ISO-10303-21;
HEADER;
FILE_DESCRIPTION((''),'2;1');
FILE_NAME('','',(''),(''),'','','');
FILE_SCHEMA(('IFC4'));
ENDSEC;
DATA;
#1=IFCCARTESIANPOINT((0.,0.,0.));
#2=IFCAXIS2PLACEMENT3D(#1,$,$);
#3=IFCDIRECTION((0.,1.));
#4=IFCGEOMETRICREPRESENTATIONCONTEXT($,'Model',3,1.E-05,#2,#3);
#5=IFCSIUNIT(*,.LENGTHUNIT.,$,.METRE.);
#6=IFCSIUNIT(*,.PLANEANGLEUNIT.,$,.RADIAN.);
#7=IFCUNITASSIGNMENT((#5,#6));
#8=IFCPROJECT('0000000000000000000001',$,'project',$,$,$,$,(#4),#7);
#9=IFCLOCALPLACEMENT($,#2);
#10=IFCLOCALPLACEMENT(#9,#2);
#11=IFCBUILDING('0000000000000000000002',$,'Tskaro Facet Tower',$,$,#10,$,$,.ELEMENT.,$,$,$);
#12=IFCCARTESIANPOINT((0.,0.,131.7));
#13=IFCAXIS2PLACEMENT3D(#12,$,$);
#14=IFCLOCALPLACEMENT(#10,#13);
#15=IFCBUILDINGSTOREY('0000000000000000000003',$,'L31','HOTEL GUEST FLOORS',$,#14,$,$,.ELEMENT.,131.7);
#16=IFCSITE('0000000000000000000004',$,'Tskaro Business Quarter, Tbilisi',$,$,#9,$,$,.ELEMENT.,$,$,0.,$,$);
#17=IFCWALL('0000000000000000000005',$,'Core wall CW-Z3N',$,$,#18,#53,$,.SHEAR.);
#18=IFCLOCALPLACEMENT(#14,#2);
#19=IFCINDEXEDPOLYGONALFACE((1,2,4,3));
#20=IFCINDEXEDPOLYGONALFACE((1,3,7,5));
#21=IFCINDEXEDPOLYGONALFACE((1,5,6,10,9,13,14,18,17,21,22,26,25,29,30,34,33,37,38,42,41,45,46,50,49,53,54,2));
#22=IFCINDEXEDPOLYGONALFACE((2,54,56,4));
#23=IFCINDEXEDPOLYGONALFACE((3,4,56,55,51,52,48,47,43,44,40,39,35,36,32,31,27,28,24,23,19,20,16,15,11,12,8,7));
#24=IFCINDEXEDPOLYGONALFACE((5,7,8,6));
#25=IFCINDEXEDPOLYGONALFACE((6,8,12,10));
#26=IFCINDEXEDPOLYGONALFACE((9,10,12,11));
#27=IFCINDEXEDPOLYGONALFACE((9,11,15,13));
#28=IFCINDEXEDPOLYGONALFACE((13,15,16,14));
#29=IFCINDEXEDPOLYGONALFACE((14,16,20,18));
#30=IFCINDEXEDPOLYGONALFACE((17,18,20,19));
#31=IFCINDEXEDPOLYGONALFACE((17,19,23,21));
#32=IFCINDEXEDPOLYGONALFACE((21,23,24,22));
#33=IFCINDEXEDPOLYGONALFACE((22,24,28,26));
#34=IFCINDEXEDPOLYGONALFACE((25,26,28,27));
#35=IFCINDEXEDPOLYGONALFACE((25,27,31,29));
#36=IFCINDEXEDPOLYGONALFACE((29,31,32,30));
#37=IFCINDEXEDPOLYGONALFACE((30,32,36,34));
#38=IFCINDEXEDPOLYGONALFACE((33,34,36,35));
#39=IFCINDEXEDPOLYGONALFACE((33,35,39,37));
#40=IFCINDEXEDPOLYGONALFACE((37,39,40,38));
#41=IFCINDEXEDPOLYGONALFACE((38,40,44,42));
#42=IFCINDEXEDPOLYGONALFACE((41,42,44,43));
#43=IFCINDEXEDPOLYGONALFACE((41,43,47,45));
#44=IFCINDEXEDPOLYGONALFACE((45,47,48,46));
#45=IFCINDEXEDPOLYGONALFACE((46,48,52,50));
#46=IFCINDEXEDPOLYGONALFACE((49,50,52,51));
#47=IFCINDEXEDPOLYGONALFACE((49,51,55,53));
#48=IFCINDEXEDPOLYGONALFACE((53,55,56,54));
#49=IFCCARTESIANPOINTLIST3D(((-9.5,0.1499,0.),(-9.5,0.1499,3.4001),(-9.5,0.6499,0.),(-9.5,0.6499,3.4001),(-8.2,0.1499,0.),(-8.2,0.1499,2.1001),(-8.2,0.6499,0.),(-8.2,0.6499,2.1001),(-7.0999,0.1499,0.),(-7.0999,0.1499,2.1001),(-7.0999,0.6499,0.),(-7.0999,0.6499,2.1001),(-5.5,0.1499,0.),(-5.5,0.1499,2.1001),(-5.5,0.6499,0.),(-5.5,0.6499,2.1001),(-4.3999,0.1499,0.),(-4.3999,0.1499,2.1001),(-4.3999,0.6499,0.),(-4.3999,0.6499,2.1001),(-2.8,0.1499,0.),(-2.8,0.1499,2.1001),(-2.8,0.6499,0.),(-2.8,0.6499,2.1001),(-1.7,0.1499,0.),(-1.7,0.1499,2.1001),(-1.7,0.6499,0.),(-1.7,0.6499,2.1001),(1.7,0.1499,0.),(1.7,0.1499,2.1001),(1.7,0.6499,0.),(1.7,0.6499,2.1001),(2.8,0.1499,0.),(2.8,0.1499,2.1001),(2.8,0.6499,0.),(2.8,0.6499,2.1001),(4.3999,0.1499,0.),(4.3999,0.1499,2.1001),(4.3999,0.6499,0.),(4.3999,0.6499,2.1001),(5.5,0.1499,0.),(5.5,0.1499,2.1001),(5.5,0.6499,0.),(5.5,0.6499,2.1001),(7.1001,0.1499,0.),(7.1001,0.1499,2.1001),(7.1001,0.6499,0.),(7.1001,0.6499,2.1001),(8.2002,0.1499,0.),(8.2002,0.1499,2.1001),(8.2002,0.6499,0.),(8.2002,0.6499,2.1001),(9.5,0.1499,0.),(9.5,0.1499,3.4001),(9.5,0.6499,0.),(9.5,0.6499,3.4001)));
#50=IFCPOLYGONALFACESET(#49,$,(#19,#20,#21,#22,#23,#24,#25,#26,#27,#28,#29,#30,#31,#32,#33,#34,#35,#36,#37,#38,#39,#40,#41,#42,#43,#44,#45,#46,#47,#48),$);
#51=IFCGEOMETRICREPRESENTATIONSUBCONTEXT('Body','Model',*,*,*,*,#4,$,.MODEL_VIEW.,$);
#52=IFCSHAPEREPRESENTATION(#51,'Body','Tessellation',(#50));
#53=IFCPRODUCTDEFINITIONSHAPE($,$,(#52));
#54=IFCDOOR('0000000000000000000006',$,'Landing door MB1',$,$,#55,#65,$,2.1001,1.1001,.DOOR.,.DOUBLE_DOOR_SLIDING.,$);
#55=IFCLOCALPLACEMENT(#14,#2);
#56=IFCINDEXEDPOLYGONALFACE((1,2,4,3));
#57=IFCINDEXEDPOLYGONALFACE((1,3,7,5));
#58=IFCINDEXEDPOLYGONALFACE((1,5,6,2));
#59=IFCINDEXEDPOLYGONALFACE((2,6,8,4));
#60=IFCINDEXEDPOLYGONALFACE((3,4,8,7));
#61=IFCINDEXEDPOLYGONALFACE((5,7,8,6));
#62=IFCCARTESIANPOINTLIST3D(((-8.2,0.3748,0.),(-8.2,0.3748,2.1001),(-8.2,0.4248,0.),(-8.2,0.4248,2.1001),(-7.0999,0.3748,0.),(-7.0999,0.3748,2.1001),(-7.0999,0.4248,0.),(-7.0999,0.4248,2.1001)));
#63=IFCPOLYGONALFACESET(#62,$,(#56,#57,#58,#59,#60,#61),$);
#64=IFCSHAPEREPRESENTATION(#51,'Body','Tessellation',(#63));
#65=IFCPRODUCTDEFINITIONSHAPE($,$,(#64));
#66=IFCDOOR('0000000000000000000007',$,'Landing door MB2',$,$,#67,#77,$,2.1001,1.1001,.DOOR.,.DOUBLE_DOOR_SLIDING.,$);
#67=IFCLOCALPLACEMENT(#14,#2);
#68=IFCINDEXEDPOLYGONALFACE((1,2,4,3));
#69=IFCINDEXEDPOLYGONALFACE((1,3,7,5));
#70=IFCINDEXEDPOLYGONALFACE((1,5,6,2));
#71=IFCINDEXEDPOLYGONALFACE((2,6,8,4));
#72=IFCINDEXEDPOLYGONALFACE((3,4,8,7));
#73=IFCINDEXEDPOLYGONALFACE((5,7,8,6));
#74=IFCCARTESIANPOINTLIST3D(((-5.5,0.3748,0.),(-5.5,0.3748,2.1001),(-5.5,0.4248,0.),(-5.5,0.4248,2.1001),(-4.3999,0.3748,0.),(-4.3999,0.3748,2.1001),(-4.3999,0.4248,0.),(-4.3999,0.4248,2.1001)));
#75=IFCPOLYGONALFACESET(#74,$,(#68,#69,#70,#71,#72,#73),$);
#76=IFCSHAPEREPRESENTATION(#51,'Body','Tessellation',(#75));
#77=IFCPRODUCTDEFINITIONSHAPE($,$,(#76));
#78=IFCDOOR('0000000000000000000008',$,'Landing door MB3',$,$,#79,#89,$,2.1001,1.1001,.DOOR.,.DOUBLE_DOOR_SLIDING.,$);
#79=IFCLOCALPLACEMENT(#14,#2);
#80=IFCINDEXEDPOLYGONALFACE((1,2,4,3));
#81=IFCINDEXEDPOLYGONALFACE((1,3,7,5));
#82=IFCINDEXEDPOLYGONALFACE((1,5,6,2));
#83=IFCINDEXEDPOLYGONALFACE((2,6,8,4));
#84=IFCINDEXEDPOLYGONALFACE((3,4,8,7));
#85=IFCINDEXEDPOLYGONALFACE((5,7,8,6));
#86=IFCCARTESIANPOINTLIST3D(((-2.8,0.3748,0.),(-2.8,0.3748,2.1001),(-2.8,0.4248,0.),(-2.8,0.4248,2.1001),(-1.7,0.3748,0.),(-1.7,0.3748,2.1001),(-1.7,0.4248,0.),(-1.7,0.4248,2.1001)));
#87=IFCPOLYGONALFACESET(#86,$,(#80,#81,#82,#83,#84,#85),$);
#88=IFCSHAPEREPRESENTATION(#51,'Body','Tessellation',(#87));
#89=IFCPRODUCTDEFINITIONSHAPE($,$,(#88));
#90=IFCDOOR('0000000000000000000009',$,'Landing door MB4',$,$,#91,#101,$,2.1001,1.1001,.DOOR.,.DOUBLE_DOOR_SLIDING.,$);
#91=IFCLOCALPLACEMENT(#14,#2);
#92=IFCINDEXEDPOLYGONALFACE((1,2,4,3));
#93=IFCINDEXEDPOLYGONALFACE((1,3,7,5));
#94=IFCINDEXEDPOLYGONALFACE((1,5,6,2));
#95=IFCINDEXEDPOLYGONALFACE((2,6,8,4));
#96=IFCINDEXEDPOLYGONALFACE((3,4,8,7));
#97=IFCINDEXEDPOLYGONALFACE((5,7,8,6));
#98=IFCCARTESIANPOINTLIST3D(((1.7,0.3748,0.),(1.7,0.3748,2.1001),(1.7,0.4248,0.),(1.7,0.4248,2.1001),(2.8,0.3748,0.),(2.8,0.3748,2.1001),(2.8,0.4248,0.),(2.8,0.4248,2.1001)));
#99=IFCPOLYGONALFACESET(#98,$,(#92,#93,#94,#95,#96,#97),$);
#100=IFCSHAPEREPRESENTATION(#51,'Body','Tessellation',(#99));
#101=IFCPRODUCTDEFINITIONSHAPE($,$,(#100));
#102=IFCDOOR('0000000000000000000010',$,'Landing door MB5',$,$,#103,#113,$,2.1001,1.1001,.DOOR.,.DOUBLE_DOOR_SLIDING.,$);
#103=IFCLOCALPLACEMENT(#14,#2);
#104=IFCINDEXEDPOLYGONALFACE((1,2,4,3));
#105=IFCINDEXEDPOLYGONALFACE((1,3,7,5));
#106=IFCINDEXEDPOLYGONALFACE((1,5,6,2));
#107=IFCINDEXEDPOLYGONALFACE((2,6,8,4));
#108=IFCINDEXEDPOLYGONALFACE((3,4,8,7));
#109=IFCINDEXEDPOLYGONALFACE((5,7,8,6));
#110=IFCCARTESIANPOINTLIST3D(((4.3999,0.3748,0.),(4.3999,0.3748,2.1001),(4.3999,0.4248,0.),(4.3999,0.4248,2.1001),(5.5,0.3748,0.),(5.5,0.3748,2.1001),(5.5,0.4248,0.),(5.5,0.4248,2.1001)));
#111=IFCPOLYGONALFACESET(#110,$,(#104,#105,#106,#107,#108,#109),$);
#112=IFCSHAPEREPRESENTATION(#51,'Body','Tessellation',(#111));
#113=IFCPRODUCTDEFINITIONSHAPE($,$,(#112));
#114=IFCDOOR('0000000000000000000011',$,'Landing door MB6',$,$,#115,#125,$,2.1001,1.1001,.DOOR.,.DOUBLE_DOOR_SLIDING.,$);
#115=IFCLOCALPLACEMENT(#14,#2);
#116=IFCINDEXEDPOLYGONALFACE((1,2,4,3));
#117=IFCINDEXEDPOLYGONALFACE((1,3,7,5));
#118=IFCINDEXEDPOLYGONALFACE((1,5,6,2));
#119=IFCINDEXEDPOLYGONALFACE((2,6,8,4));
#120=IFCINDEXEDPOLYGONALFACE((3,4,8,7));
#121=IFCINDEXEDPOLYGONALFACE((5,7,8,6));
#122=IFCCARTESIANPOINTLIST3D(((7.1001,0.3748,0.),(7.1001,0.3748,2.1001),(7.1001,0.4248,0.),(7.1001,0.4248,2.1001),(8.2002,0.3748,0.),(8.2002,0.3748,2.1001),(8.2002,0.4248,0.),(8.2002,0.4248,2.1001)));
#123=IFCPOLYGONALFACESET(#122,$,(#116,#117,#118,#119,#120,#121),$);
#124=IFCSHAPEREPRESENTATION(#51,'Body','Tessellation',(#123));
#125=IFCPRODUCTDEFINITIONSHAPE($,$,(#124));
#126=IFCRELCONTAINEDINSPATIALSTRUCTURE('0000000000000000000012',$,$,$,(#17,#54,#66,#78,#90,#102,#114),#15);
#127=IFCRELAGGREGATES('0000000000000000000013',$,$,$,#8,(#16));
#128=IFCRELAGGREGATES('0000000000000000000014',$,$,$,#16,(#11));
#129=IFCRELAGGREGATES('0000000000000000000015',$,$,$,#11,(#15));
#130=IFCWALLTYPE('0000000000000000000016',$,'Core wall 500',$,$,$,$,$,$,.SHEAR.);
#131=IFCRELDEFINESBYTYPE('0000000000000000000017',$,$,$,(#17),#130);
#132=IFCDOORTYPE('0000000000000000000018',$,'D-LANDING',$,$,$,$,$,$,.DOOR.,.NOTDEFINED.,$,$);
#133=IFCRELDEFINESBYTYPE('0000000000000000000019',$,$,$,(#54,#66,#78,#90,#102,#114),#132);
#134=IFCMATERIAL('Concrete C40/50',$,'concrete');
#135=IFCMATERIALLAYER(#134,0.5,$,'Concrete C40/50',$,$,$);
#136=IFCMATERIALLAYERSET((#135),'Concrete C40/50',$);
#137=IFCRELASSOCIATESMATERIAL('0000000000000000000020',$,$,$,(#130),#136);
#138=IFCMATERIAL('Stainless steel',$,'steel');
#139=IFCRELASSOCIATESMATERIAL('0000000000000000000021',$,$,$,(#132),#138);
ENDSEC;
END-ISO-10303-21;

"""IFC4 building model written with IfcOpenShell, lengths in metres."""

from ifc_helpers import new_model, si_unit, direction, frame, frame_2d, origin, place, context, subcontext, project, spatial, rectangle, extrude, material, layer, layer_set, type_object, element, fill, save


model = new_model("IFC4")

# Units and contexts
model_context = context("Model", 3, precision=1e-05, world=origin(), true_north=direction((0.0, 1.0)))
body_context = subcontext(model_context, "Body", "Model", "MODEL_VIEW")
ifc_project = project(units=[si_unit("LENGTHUNIT", "METRE"), si_unit("PLANEANGLEUNIT", "RADIAN")], contexts=[model_context])

# Site, building, storey
site_placement = place(None, origin())
site = spatial("IfcSite", under=ifc_project, at=site_placement, Name="Tskaro Business Quarter, Tbilisi", CompositionType="ELEMENT", RefElevation=0.0)
building_placement = place(site_placement, origin())
building = spatial("IfcBuilding", under=site, at=building_placement, Name="Tskaro Facet Tower", CompositionType="ELEMENT")
storey_placement = place(building_placement, frame((0.0, 0.0, 131.7)))
storey = spatial("IfcBuildingStorey", under=building, at=storey_placement, Name="L31", Description="HOTEL GUEST FLOORS", CompositionType="ELEMENT", Elevation=131.7)

# Shared definitions
ifc_material_1 = material(Name="Concrete C40/50", Category="concrete")

# Wall, openings, doors
ifc_layer_1 = layer(ifc_material_1, 0.5, Name="Concrete C40/50")
ifc_layer_set_1 = layer_set([ifc_layer_1], Name="Concrete C40/50")
wall_type_1 = type_object("IfcWallType", Name="Core wall 500", PredefinedType="SHEAR", material=ifc_layer_set_1)
wall_1_placement = place(storey_placement, frame((-9.5, 0.3999, 0.0), z_axis=(0.0, 0.0, 1.0), x_axis=(1.0, 0.0, 0.0)))
wall_1 = element("IfcWall", 1, at=wall_1_placement, inside=storey, type_object=wall_type_1, Name="Core wall CW-Z3N", PredefinedType="SHEAR", context=body_context, shape_type="SweptSolid", body=[
    extrude(rectangle(XDim=19.0, YDim=0.5, at=frame_2d((9.5, 0.0))), origin(), (0.0, 0.0, 1.0), 3.4001),
])
opening_1_placement = place(wall_1_placement, frame((1.3, 0.0, 0.0)))
opening_1 = element("IfcOpeningElement", 2, at=opening_1_placement, cuts=wall_1, PredefinedType="OPENING", context=body_context, shape_type="SweptSolid", body=[
    extrude(rectangle(XDim=1.1001, YDim=2.1001, at=frame_2d((0.55, 1.05))), frame((0.0, 0.26, 0.0), z_axis=(0.0, -1.0, 0.0), x_axis=(1.0, 0.0, 0.0)), (0.0, 0.0, 1.0), 0.52),
])
opening_2_placement = place(wall_1_placement, frame((4.0, 0.0, 0.0)))
opening_2 = element("IfcOpeningElement", 3, at=opening_2_placement, cuts=wall_1, PredefinedType="OPENING", context=body_context, shape_type="SweptSolid", body=[
    extrude(rectangle(XDim=1.1001, YDim=2.1001, at=frame_2d((0.55, 1.05))), frame((0.0, 0.26, 0.0), z_axis=(0.0, -1.0, 0.0), x_axis=(1.0, 0.0, 0.0)), (0.0, 0.0, 1.0), 0.52),
])
opening_3_placement = place(wall_1_placement, frame((6.7, 0.0, 0.0)))
opening_3 = element("IfcOpeningElement", 4, at=opening_3_placement, cuts=wall_1, PredefinedType="OPENING", context=body_context, shape_type="SweptSolid", body=[
    extrude(rectangle(XDim=1.1001, YDim=2.1001, at=frame_2d((0.55, 1.05))), frame((0.0, 0.26, 0.0), z_axis=(0.0, -1.0, 0.0), x_axis=(1.0, 0.0, 0.0)), (0.0, 0.0, 1.0), 0.52),
])
opening_4_placement = place(wall_1_placement, frame((11.2, 0.0, 0.0)))
opening_4 = element("IfcOpeningElement", 5, at=opening_4_placement, cuts=wall_1, PredefinedType="OPENING", context=body_context, shape_type="SweptSolid", body=[
    extrude(rectangle(XDim=1.1001, YDim=2.1001, at=frame_2d((0.55, 1.05))), frame((0.0, 0.26, 0.0), z_axis=(0.0, -1.0, 0.0), x_axis=(1.0, 0.0, 0.0)), (0.0, 0.0, 1.0), 0.52),
])
opening_5_placement = place(wall_1_placement, frame((13.8999, 0.0, 0.0)))
opening_5 = element("IfcOpeningElement", 6, at=opening_5_placement, cuts=wall_1, PredefinedType="OPENING", context=body_context, shape_type="SweptSolid", body=[
    extrude(rectangle(XDim=1.1001, YDim=2.1001, at=frame_2d((0.55, 1.05))), frame((0.0, 0.26, 0.0), z_axis=(0.0, -1.0, 0.0), x_axis=(1.0, 0.0, 0.0)), (0.0, 0.0, 1.0), 0.52),
])
opening_6_placement = place(wall_1_placement, frame((16.6001, 0.0, 0.0)))
opening_6 = element("IfcOpeningElement", 7, at=opening_6_placement, cuts=wall_1, PredefinedType="OPENING", context=body_context, shape_type="SweptSolid", body=[
    extrude(rectangle(XDim=1.1001, YDim=2.1001, at=frame_2d((0.55, 1.05))), frame((0.0, 0.26, 0.0), z_axis=(0.0, -1.0, 0.0), x_axis=(1.0, 0.0, 0.0)), (0.0, 0.0, 1.0), 0.52),
])
ifc_material_2 = material(Name="Stainless steel", Category="steel")
door_type = type_object("IfcDoorType", Name="D-LANDING", OperationType="NOTDEFINED", PredefinedType="DOOR", material=ifc_material_2)
door_1_placement = place(opening_1_placement, origin())
door_1 = element("IfcDoor", 8, at=door_1_placement, inside=storey, type_object=door_type, Name="Landing door MB1", OperationType="DOUBLE_DOOR_SLIDING", OverallHeight=2.1001, OverallWidth=1.1001, PredefinedType="DOOR", context=body_context, shape_type="SweptSolid", body=[
    extrude(rectangle(XDim=1.1001, YDim=2.1001, at=frame_2d((0.55, 1.05))), frame((0.0, 0.0249, 0.0), z_axis=(0.0, -1.0, 0.0), x_axis=(1.0, 0.0, 0.0)), (0.0, 0.0, 1.0), 0.05),
])
fill(opening_1, door_1)
door_2_placement = place(opening_2_placement, origin())
door_2 = element("IfcDoor", 9, at=door_2_placement, inside=storey, type_object=door_type, Name="Landing door MB2", OperationType="DOUBLE_DOOR_SLIDING", OverallHeight=2.1001, OverallWidth=1.1001, PredefinedType="DOOR", context=body_context, shape_type="SweptSolid", body=[
    extrude(rectangle(XDim=1.1001, YDim=2.1001, at=frame_2d((0.55, 1.05))), frame((0.0, 0.0249, 0.0), z_axis=(0.0, -1.0, 0.0), x_axis=(1.0, 0.0, 0.0)), (0.0, 0.0, 1.0), 0.05),
])
fill(opening_2, door_2)
door_3_placement = place(opening_3_placement, origin())
door_3 = element("IfcDoor", 10, at=door_3_placement, inside=storey, type_object=door_type, Name="Landing door MB3", OperationType="DOUBLE_DOOR_SLIDING", OverallHeight=2.1001, OverallWidth=1.1001, PredefinedType="DOOR", context=body_context, shape_type="SweptSolid", body=[
    extrude(rectangle(XDim=1.1001, YDim=2.1001, at=frame_2d((0.55, 1.05))), frame((0.0, 0.0249, 0.0), z_axis=(0.0, -1.0, 0.0), x_axis=(1.0, 0.0, 0.0)), (0.0, 0.0, 1.0), 0.05),
])
fill(opening_3, door_3)
door_4_placement = place(opening_4_placement, origin())
door_4 = element("IfcDoor", 11, at=door_4_placement, inside=storey, type_object=door_type, Name="Landing door MB4", OperationType="DOUBLE_DOOR_SLIDING", OverallHeight=2.1001, OverallWidth=1.1001, PredefinedType="DOOR", context=body_context, shape_type="SweptSolid", body=[
    extrude(rectangle(XDim=1.1001, YDim=2.1001, at=frame_2d((0.55, 1.05))), frame((0.0, 0.0249, 0.0), z_axis=(0.0, -1.0, 0.0), x_axis=(1.0, 0.0, 0.0)), (0.0, 0.0, 1.0), 0.05),
])
fill(opening_4, door_4)
door_5_placement = place(opening_5_placement, origin())
door_5 = element("IfcDoor", 12, at=door_5_placement, inside=storey, type_object=door_type, Name="Landing door MB5", OperationType="DOUBLE_DOOR_SLIDING", OverallHeight=2.1001, OverallWidth=1.1001, PredefinedType="DOOR", context=body_context, shape_type="SweptSolid", body=[
    extrude(rectangle(XDim=1.1001, YDim=2.1001, at=frame_2d((0.55, 1.05))), frame((0.0, 0.0249, 0.0), z_axis=(0.0, -1.0, 0.0), x_axis=(1.0, 0.0, 0.0)), (0.0, 0.0, 1.0), 0.05),
])
fill(opening_5, door_5)
door_6_placement = place(opening_6_placement, origin())
door_6 = element("IfcDoor", 13, at=door_6_placement, inside=storey, type_object=door_type, Name="Landing door MB6", OperationType="DOUBLE_DOOR_SLIDING", OverallHeight=2.1001, OverallWidth=1.1001, PredefinedType="DOOR", context=body_context, shape_type="SweptSolid", body=[
    extrude(rectangle(XDim=1.1001, YDim=2.1001, at=frame_2d((0.55, 1.05))), frame((0.0, 0.0249, 0.0), z_axis=(0.0, -1.0, 0.0), x_axis=(1.0, 0.0, 0.0)), (0.0, 0.0, 1.0), 0.05),
])
fill(opening_6, door_6)

save(model, "model.ifc")
